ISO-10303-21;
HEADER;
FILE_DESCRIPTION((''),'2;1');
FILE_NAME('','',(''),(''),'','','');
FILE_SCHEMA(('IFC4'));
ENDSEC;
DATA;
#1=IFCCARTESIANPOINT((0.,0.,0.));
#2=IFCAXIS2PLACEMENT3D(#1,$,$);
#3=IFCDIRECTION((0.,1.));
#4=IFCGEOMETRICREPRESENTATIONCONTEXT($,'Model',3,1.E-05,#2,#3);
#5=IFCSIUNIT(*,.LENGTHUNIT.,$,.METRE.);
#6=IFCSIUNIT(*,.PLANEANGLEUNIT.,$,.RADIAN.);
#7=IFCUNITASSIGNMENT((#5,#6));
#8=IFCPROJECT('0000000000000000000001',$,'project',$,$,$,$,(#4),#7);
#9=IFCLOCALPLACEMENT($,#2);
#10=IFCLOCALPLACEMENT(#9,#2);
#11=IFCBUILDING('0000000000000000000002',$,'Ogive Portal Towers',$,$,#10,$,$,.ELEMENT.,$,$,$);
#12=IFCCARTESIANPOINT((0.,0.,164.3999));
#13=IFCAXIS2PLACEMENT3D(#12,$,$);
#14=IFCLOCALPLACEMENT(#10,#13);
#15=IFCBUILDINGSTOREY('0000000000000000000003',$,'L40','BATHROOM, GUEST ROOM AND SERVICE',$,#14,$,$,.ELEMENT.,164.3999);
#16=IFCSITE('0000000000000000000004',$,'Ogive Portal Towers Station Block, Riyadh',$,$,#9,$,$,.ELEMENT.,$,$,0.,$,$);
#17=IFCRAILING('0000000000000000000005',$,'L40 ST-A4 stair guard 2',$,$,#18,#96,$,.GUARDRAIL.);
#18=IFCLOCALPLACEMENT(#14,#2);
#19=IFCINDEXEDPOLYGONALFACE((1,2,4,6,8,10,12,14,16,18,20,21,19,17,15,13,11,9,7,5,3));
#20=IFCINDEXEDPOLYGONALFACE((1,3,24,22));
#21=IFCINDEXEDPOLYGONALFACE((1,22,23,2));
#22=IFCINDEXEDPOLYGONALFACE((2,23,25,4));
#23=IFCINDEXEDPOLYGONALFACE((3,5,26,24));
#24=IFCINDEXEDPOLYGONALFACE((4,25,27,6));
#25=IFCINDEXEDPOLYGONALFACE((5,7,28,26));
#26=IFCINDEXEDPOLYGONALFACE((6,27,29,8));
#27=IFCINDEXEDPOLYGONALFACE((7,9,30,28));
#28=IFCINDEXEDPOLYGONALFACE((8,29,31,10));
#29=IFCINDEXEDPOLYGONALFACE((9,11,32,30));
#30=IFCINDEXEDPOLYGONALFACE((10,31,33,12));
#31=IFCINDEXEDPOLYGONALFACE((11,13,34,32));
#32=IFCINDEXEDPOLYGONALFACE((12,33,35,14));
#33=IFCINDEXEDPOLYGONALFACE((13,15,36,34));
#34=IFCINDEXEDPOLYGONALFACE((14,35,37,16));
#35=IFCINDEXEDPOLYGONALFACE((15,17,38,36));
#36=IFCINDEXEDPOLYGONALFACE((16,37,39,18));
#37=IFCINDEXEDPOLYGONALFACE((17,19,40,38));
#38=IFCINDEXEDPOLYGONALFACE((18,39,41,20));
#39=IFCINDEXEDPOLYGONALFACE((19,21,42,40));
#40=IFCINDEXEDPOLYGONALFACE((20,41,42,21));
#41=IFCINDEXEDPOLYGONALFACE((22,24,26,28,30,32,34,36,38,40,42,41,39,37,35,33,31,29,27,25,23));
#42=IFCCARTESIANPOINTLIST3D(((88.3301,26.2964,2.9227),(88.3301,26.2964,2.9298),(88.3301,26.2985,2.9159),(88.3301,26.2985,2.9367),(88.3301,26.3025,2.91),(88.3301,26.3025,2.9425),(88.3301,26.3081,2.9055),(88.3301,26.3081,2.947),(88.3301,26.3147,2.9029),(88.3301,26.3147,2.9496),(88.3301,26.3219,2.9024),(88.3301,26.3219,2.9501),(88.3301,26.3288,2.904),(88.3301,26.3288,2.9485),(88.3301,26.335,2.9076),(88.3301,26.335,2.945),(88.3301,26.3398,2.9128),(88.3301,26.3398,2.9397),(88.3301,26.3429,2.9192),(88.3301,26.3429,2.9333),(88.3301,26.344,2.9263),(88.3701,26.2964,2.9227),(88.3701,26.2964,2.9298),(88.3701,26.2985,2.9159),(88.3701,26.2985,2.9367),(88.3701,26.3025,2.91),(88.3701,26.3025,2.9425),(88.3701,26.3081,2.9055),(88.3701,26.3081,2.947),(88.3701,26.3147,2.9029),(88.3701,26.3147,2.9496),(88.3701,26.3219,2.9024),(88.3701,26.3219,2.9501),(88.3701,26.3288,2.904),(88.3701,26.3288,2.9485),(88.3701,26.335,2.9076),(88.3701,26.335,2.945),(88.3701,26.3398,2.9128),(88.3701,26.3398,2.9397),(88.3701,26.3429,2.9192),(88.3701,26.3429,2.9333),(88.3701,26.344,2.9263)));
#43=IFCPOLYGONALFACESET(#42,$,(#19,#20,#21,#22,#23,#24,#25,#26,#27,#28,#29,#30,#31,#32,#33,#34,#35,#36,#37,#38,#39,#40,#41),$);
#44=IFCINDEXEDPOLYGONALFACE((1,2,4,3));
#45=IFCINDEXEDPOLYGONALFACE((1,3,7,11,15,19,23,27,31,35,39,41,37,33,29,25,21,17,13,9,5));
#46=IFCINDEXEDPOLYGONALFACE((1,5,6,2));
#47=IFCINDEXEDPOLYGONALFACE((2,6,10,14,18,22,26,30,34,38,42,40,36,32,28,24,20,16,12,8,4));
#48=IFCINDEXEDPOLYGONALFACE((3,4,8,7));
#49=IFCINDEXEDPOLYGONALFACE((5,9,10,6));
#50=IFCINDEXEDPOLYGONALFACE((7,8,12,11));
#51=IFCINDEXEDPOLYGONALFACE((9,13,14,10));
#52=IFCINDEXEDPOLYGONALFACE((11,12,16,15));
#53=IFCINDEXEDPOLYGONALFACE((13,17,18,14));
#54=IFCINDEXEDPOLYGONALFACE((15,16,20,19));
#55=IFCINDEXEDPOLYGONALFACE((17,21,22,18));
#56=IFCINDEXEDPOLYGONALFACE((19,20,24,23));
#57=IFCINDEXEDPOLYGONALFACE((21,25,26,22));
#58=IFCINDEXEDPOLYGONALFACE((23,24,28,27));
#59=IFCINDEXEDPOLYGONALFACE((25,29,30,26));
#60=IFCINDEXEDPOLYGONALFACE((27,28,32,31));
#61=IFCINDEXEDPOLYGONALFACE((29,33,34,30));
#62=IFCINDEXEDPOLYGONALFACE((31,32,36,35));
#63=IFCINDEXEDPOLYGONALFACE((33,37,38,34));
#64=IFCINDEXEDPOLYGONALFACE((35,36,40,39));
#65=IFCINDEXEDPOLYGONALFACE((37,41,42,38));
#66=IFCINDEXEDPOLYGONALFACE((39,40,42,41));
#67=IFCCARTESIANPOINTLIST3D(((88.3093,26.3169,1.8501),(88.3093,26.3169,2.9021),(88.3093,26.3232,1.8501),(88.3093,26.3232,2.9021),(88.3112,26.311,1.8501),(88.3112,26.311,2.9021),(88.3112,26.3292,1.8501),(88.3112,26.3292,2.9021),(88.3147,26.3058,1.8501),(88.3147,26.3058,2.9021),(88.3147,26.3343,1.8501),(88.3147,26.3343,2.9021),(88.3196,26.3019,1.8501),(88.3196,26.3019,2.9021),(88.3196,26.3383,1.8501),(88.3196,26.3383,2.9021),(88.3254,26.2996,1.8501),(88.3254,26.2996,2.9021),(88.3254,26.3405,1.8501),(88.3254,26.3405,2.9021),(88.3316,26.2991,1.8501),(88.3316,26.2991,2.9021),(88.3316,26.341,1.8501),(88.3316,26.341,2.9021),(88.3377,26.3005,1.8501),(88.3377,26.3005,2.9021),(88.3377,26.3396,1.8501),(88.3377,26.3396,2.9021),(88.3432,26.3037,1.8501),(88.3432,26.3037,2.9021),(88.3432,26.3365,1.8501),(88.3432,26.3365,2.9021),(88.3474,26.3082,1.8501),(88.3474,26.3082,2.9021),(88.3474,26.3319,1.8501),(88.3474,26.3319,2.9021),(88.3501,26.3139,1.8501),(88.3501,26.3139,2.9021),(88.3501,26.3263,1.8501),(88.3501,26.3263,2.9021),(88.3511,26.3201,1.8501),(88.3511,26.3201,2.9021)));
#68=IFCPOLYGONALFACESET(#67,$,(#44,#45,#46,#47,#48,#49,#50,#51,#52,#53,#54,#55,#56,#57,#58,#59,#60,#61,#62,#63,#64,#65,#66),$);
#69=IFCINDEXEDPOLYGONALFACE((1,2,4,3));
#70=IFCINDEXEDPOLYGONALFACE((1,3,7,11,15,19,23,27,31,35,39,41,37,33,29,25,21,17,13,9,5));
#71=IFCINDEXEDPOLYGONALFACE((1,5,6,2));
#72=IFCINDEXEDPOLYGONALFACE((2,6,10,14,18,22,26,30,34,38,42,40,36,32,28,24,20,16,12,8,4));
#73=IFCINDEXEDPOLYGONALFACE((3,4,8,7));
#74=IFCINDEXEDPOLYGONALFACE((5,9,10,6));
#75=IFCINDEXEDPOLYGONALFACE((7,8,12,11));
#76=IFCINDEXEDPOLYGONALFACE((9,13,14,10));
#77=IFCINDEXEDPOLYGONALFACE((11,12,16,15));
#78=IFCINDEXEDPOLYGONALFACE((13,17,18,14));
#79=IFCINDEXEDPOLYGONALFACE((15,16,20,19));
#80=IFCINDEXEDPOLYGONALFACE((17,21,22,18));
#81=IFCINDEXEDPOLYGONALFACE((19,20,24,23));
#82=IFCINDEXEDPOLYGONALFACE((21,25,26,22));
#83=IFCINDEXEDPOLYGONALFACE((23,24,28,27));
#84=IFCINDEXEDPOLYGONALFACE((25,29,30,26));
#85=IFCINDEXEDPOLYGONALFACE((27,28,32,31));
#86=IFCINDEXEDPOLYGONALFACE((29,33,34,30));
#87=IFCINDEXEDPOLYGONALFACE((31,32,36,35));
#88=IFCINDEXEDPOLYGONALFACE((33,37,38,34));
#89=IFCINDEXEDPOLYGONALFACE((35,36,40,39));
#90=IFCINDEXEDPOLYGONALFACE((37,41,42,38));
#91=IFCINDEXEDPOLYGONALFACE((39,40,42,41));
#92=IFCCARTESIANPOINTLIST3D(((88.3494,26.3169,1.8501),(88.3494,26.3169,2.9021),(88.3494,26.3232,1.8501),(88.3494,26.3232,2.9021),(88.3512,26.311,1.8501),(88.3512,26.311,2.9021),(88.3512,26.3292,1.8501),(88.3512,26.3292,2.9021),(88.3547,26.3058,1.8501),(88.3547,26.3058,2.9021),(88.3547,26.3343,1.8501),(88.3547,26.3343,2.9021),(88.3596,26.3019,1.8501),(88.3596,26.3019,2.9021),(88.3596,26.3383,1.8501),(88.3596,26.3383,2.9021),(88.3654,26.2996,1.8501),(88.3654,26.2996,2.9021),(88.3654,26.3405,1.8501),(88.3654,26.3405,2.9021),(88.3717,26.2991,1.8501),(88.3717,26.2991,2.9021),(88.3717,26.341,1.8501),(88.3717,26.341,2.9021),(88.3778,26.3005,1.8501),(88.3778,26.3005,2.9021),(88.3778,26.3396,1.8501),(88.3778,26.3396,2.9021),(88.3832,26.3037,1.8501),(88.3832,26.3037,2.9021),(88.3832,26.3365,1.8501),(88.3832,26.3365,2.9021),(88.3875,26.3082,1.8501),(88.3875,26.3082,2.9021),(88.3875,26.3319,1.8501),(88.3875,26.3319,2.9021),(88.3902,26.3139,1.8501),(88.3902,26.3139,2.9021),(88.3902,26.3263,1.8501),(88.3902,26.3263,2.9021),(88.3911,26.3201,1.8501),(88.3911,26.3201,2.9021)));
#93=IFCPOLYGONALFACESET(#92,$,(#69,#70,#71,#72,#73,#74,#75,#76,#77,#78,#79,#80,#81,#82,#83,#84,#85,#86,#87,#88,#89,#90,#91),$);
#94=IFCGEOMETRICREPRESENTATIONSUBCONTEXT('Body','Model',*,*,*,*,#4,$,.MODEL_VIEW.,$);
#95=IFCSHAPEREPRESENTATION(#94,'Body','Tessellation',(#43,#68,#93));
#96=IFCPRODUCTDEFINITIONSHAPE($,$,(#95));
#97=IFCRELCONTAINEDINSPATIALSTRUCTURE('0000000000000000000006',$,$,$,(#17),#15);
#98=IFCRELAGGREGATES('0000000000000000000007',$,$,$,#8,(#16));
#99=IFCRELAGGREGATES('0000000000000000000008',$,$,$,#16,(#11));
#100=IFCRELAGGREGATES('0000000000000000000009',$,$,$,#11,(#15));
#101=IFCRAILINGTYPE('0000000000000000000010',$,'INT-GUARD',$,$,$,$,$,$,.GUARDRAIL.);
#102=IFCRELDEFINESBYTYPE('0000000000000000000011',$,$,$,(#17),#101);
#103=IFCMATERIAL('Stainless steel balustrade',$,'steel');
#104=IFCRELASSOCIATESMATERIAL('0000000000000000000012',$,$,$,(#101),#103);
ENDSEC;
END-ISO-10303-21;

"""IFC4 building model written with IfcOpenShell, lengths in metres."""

from ifc_helpers import new_model, si_unit, direction, frame, origin, origin_2d, place, context, subcontext, project, spatial, circle, extrude, material, type_object, element, save


model = new_model("IFC4")

# Units and contexts
model_context = context("Model", 3, precision=1e-05, world=origin(), true_north=direction((0.0, 1.0)))
body_context = subcontext(model_context, "Body", "Model", "MODEL_VIEW")
ifc_project = project(units=[si_unit("LENGTHUNIT", "METRE"), si_unit("PLANEANGLEUNIT", "RADIAN")], contexts=[model_context])

# Site, building, storey
site_placement = place(None, origin())
site = spatial("IfcSite", under=ifc_project, at=site_placement, Name="Ogive Portal Towers Station Block, Riyadh", CompositionType="ELEMENT", RefElevation=0.0)
building_placement = place(site_placement, origin())
building = spatial("IfcBuilding", under=site, at=building_placement, Name="Ogive Portal Towers", CompositionType="ELEMENT")
storey_placement = place(building_placement, frame((0.0, 0.0, 164.3999)))
storey = spatial("IfcBuildingStorey", under=building, at=storey_placement, Name="L40", Description="BATHROOM, GUEST ROOM AND SERVICE", CompositionType="ELEMENT", Elevation=164.3999)

# Railing
ifc_material_1 = material(Name="Stainless steel balustrade", Category="steel")
railing_type_1 = type_object("IfcRailingType", Name="INT-GUARD", PredefinedType="GUARDRAIL", material=ifc_material_1)
railing_1_placement = place(storey_placement, frame((88.3301, 26.3201, 1.8501)))
element("IfcRailing", 1, at=railing_1_placement, inside=storey, type_object=railing_type_1, Name="L40 ST-A4 stair guard 2", PredefinedType="GUARDRAIL", context=body_context, shape_type="SweptSolid", body=[
    extrude(circle(Radius=0.0239, at=origin_2d()), frame((0.0, 0.0, 1.0762), z_axis=(1.0, 0.0, 0.0), x_axis=(0.0, 1.0, 0.0)), (0.0, 0.0, 1.0), 0.04),
    extrude(circle(Radius=0.021, at=origin_2d()), origin(), (0.0, 0.0, 1.0), 1.052),
    extrude(circle(Radius=0.021, at=origin_2d()), frame((0.04, 0.0, 0.0)), (0.0, 0.0, 1.0), 1.052),
])

save(model, "model.ifc")
